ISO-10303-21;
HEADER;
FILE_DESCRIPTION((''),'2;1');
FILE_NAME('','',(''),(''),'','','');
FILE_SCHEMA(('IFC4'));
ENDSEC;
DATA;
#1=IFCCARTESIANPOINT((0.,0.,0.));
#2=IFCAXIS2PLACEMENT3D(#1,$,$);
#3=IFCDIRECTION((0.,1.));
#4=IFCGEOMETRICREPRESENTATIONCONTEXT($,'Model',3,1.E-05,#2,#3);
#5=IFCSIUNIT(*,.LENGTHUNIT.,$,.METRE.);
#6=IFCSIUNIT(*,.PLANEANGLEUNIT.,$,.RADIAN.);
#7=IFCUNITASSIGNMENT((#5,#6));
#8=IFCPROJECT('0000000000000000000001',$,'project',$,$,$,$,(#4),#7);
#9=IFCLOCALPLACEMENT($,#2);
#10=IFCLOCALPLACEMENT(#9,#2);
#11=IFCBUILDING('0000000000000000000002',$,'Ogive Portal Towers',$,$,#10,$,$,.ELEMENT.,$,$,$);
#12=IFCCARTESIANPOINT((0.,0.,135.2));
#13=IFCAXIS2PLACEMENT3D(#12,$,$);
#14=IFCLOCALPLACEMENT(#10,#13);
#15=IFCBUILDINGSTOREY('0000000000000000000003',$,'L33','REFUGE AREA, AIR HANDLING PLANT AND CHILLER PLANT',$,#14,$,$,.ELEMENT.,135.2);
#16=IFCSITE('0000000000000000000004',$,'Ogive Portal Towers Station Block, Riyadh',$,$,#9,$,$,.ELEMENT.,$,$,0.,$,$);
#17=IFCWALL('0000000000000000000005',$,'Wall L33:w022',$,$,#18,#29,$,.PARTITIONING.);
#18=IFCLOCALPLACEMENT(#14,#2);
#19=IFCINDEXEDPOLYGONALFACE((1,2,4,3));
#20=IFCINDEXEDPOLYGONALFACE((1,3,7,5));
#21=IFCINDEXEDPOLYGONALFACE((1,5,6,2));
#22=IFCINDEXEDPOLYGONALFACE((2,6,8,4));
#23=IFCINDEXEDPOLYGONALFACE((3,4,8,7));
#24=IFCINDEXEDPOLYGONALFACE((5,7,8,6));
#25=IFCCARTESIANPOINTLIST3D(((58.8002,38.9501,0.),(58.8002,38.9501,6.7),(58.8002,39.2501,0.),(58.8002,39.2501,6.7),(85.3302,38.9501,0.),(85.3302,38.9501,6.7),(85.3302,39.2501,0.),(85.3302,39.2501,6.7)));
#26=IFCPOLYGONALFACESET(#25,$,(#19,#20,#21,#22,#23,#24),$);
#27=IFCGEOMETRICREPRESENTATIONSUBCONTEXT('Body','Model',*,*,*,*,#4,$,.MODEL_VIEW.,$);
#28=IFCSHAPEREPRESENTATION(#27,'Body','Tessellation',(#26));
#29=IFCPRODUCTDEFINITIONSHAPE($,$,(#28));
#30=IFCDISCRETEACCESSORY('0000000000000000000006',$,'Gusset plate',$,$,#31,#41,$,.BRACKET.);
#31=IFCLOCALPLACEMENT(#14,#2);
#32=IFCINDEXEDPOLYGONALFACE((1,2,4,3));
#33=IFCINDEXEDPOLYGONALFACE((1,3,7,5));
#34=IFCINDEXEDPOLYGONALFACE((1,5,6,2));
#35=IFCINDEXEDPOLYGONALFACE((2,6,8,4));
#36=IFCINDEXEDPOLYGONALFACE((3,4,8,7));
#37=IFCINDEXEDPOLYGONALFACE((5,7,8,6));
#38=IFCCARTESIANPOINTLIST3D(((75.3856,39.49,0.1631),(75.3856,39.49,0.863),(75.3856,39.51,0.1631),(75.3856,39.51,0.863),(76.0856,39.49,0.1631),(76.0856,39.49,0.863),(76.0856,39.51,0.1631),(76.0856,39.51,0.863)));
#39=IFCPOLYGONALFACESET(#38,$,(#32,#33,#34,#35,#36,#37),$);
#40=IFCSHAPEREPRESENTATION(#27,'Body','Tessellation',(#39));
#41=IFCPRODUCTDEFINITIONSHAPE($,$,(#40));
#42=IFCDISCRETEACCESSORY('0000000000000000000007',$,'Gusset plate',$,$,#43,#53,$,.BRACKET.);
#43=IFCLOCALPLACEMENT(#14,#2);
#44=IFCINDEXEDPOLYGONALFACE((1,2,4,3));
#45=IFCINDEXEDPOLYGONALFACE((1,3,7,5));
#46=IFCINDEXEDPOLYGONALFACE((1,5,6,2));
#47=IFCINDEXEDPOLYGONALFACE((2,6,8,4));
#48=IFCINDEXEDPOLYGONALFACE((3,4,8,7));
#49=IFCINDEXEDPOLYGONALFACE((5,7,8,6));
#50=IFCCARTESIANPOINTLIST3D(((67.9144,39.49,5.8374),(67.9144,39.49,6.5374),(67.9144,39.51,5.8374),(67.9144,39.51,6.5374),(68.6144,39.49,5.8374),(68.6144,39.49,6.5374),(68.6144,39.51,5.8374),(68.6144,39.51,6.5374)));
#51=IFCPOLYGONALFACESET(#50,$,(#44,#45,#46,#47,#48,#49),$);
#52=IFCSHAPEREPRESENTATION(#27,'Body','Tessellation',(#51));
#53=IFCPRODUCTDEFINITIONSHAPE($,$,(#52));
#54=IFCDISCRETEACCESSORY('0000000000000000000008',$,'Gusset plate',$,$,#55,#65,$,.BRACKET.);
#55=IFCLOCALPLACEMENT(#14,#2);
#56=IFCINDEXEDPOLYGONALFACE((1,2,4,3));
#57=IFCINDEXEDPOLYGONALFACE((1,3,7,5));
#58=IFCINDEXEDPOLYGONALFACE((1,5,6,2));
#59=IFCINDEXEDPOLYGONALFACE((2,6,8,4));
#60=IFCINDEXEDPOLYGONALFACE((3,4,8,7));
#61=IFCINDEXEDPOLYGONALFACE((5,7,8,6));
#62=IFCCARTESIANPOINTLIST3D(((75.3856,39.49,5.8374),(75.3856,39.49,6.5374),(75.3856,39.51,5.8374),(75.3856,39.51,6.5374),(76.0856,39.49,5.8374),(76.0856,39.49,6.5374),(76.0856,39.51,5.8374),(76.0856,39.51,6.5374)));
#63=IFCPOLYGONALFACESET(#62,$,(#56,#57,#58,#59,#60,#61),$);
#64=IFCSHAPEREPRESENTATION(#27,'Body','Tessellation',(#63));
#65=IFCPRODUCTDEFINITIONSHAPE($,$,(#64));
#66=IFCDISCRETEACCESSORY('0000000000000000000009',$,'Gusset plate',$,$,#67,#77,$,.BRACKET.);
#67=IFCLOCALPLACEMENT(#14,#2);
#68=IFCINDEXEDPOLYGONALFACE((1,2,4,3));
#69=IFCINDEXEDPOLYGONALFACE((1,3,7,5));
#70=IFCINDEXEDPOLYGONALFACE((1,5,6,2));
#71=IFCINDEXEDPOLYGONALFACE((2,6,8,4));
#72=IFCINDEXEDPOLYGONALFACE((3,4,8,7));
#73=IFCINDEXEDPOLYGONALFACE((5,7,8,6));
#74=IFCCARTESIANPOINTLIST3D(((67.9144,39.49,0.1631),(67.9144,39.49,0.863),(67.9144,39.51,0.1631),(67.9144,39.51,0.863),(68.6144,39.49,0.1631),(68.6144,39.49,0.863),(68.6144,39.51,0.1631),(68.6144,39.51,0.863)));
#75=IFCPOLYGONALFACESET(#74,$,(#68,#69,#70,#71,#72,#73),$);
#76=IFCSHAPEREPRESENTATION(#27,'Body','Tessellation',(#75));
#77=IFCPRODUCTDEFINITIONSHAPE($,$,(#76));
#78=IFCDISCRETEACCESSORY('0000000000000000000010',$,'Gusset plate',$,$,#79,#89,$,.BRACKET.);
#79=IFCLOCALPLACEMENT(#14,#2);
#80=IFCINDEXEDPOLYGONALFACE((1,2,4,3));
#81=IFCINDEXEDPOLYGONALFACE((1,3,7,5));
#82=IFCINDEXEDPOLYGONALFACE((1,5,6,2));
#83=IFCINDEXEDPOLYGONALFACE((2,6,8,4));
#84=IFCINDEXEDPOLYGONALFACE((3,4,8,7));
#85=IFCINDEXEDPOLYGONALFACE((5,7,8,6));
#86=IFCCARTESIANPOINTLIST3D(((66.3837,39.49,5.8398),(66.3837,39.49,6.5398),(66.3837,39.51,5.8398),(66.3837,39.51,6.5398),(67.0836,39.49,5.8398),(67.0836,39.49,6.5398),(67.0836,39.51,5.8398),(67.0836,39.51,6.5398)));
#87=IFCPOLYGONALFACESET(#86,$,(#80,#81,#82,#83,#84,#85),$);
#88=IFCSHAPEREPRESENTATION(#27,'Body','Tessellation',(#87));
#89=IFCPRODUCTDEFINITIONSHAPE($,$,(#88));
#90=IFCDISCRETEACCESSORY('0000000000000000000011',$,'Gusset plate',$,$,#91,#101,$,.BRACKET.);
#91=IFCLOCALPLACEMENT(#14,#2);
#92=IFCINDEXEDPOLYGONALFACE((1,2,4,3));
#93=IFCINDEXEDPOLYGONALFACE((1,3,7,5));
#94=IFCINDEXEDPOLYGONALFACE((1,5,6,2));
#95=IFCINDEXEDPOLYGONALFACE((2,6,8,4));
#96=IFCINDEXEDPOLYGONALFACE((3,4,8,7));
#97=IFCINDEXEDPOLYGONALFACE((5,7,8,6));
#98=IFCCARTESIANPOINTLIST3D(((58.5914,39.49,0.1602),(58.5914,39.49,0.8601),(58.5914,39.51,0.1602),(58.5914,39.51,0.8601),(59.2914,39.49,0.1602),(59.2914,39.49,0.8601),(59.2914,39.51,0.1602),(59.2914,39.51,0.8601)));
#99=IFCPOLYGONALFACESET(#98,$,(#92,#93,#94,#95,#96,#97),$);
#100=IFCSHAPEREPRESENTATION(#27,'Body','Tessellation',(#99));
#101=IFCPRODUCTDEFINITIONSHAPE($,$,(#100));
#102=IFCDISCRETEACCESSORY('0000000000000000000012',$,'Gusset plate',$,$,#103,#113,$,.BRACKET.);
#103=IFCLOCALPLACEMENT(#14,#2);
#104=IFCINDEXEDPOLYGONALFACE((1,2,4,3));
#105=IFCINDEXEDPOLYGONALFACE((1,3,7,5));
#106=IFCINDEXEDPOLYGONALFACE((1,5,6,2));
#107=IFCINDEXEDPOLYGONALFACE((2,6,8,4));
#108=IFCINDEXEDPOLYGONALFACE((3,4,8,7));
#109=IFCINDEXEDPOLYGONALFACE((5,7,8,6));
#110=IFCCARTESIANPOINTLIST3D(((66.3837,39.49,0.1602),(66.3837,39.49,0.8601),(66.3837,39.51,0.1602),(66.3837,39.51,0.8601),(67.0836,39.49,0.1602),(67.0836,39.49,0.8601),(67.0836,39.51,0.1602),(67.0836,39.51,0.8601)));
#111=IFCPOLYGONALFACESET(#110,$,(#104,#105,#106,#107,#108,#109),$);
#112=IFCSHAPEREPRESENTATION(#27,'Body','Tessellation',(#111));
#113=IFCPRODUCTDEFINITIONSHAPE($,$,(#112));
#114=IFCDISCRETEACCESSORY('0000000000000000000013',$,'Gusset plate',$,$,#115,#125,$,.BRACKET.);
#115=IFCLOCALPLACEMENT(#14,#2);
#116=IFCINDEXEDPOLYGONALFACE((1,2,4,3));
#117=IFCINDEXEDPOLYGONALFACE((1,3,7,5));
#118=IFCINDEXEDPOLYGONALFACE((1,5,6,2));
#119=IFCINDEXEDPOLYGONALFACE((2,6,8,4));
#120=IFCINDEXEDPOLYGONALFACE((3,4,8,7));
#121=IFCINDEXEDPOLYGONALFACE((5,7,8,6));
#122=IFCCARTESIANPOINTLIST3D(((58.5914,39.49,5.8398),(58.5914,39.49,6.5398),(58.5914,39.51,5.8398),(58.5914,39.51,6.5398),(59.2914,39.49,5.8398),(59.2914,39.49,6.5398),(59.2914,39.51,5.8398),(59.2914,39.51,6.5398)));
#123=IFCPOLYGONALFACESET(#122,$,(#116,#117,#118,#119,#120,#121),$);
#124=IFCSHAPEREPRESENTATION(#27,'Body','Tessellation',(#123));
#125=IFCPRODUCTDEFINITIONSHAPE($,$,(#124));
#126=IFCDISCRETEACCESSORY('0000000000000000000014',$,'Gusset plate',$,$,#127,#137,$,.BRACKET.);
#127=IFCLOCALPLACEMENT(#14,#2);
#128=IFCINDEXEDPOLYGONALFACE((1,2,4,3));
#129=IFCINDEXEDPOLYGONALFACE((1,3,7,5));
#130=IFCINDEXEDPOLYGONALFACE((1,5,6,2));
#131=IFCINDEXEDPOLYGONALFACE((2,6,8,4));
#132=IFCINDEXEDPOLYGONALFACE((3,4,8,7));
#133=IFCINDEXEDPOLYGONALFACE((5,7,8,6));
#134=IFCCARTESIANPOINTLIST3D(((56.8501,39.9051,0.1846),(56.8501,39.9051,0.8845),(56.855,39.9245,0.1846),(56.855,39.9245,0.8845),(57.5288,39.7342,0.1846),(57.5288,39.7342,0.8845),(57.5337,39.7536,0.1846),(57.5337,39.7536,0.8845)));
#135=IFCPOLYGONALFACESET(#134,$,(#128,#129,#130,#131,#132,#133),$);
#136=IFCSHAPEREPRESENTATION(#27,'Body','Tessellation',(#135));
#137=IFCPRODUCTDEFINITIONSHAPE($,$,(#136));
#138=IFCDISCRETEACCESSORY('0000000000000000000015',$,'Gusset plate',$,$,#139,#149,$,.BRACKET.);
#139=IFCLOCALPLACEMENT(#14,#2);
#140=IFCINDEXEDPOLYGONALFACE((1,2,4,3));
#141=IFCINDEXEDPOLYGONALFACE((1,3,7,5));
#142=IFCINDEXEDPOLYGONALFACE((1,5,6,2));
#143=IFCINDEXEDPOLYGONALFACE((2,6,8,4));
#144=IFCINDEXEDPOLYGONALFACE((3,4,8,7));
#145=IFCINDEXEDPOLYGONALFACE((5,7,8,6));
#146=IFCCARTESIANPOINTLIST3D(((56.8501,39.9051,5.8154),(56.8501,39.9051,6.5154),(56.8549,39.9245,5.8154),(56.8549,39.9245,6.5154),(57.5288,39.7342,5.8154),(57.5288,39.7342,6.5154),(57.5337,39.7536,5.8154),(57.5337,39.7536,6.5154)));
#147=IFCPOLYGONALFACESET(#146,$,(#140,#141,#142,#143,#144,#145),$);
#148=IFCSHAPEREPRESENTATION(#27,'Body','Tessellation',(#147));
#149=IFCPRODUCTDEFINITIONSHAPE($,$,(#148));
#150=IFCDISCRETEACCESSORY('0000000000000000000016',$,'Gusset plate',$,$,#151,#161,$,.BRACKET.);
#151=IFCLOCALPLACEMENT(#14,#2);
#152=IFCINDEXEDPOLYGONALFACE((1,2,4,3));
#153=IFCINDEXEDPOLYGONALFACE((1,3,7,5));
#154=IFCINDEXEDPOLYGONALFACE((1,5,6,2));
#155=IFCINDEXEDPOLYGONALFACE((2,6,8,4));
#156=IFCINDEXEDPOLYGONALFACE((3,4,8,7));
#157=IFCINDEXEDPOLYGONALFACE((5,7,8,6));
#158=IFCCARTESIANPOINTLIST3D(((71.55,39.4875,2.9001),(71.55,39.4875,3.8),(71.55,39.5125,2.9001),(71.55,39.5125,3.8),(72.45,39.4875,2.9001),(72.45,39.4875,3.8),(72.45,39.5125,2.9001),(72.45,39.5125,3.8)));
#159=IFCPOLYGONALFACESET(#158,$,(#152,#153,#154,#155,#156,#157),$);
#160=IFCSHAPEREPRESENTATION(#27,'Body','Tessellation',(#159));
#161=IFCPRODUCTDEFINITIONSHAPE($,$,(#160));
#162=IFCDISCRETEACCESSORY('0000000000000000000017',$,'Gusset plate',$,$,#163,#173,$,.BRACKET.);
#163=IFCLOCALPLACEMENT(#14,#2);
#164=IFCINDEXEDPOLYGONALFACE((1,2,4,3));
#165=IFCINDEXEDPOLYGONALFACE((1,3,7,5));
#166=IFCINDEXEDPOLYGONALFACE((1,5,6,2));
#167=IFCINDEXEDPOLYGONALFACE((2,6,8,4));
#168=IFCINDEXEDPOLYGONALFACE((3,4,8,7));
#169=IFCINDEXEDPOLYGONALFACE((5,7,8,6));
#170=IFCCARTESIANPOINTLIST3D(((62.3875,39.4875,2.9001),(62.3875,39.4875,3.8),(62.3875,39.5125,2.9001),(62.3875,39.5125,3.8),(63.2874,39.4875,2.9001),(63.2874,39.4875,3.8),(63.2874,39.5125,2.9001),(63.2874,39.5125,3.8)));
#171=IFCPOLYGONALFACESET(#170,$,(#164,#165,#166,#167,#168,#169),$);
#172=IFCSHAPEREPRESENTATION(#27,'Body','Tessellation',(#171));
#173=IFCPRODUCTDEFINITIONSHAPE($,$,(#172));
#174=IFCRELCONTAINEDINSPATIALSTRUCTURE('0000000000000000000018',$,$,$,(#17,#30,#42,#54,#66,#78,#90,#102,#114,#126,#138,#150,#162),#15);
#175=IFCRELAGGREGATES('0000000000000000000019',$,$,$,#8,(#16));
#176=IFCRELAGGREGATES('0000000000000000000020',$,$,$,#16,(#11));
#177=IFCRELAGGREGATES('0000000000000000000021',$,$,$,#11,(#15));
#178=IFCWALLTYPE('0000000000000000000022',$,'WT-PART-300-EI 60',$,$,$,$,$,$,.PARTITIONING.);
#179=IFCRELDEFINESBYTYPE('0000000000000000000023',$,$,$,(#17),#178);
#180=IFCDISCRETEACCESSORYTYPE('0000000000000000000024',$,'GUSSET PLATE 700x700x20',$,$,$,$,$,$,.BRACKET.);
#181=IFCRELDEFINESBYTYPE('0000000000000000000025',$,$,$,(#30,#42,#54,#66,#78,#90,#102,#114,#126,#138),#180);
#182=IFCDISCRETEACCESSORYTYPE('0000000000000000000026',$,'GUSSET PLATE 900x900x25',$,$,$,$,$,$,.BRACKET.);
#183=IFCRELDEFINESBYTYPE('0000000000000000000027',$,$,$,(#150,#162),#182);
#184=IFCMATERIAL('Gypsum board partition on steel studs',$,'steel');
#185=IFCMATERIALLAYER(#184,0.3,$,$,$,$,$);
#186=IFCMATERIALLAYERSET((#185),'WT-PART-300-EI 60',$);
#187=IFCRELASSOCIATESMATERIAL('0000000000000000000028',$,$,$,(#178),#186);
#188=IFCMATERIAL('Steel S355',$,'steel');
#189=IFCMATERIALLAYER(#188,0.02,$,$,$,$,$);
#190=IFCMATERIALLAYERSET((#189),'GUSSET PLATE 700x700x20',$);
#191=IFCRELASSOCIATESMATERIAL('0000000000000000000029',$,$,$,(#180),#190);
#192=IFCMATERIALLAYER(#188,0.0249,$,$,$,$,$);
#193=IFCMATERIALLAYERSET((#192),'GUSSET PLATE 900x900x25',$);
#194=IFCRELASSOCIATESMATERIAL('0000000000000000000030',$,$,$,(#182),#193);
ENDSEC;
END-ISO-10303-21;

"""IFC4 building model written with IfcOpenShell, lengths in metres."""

from ifc_helpers import new_model, si_unit, direction, frame, frame_2d, origin, origin_2d, place, context, subcontext, project, spatial, rectangle, extrude, material, layer, layer_set, type_object, element, save


model = new_model("IFC4")

# Units and contexts
model_context = context("Model", 3, precision=1e-05, world=origin(), true_north=direction((0.0, 1.0)))
body_context = subcontext(model_context, "Body", "Model", "MODEL_VIEW")
ifc_project = project(units=[si_unit("LENGTHUNIT", "METRE"), si_unit("PLANEANGLEUNIT", "RADIAN")], contexts=[model_context])

# Site, building, storey
site_placement = place(None, origin())
site = spatial("IfcSite", under=ifc_project, at=site_placement, Name="Ogive Portal Towers Station Block, Riyadh", CompositionType="ELEMENT", RefElevation=0.0)
building_placement = place(site_placement, origin())
building = spatial("IfcBuilding", under=site, at=building_placement, Name="Ogive Portal Towers", CompositionType="ELEMENT")
storey_placement = place(building_placement, frame((0.0, 0.0, 135.2)))
storey = spatial("IfcBuildingStorey", under=building, at=storey_placement, Name="L33", Description="REFUGE AREA, AIR HANDLING PLANT AND CHILLER PLANT", CompositionType="ELEMENT", Elevation=135.2)

# Shared definitions
ifc_material_1 = material(Name="Steel S355", Category="steel")

# Wall
ifc_material_2 = material(Name="Gypsum board partition on steel studs", Category="steel")
ifc_layer_1 = layer(ifc_material_2, 0.3)
ifc_layer_set_1 = layer_set([ifc_layer_1], Name="WT-PART-300-EI 60")
wall_type = type_object("IfcWallType", Name="WT-PART-300-EI 60", PredefinedType="PARTITIONING", material=ifc_layer_set_1)
wall_placement = place(storey_placement, frame((58.8, 39.1001, 0.0), z_axis=(0.0, 0.0, 1.0), x_axis=(1.0, 0.0, 0.0)))
element("IfcWall", 1, at=wall_placement, inside=storey, type_object=wall_type, Name="Wall L33:w022", PredefinedType="PARTITIONING", context=body_context, shape_type="SweptSolid", body=[
    extrude(rectangle(XDim=26.53, YDim=0.3, at=frame_2d((13.2651, 0.0))), origin(), (0.0, 0.0, 1.0), 6.7),
])

# Discrete accessories
ifc_layer_2 = layer(ifc_material_1, 0.02)
ifc_layer_set_2 = layer_set([ifc_layer_2], Name="GUSSET PLATE 700x700x20")
discrete_accessory_type_1 = type_object("IfcDiscreteAccessoryType", Name="GUSSET PLATE 700x700x20", PredefinedType="BRACKET", material=ifc_layer_set_2)
for number, where, z_axis, x_axis, name in (
    (2, (75.7356, 39.5, 0.1631), (0.0, 0.0, 1.0), (-1.0, 0.0, 0.0), "Gusset plate"),
    (3, (68.2644, 39.5, 5.8374), (0.0, 0.0, 1.0), (-1.0, 0.0, 0.0), "Gusset plate"),
    (4, (75.7356, 39.5, 5.8374), (0.0, 0.0, 1.0), (-1.0, 0.0, 0.0), "Gusset plate"),
    (5, (68.2644, 39.5, 0.1631), (0.0, 0.0, 1.0), (-1.0, 0.0, 0.0), "Gusset plate"),
    (6, (66.7336, 39.5, 5.8398), (0.0, 0.0, 1.0), (-1.0, 0.0, 0.0), "Gusset plate"),
    (7, (58.9414, 39.5, 0.1602), (0.0, 0.0, 1.0), (-1.0, 0.0, 0.0), "Gusset plate"),
    (8, (66.7336, 39.5, 0.1602), (0.0, 0.0, 1.0), (-1.0, 0.0, 0.0), "Gusset plate"),
    (9, (58.9414, 39.5, 5.8398), (0.0, 0.0, 1.0), (-1.0, 0.0, 0.0), "Gusset plate"),
    (10, (57.1919, 39.8293, 0.1846), (0.0, 0.0, 1.0), (-0.969744, 0.244123, 0.0), "Gusset plate"),
    (11, (57.1919, 39.8293, 5.8154), (0.0, 0.0, 1.0), (-0.969749, 0.244106, 0.0), "Gusset plate"),
):
    element("IfcDiscreteAccessory", number, at=place(storey_placement, frame(where, z_axis=z_axis, x_axis=x_axis)), inside=storey, type_object=discrete_accessory_type_1, Name=name, PredefinedType="BRACKET", context=body_context, shape_type="SweptSolid", body=[
        extrude(rectangle(XDim=0.7, YDim=0.02, at=origin_2d()), origin(), (0.0, 0.0, 1.0), 0.7),
    ])
ifc_layer_3 = layer(ifc_material_1, 0.0249)
ifc_layer_set_3 = layer_set([ifc_layer_3], Name="GUSSET PLATE 900x900x25")
discrete_accessory_type_2 = type_object("IfcDiscreteAccessoryType", Name="GUSSET PLATE 900x900x25", PredefinedType="BRACKET", material=ifc_layer_set_3)
for number, where, z_axis, x_axis, name in (
    (12, (72.0, 39.5, 2.9001), (0.0, 0.0, 1.0), (-1.0, 0.0, 0.0), "Gusset plate"),
    (13, (62.8374, 39.5, 2.9001), (0.0, 0.0, 1.0), (-1.0, 0.0, 0.0), "Gusset plate"),
):
    element("IfcDiscreteAccessory", number, at=place(storey_placement, frame(where, z_axis=z_axis, x_axis=x_axis)), inside=storey, type_object=discrete_accessory_type_2, Name=name, PredefinedType="BRACKET", context=body_context, shape_type="SweptSolid", body=[
        extrude(rectangle(XDim=0.8999, YDim=0.0249, at=origin_2d()), origin(), (0.0, 0.0, 1.0), 0.8999),
    ])

save(model, "model.ifc")
